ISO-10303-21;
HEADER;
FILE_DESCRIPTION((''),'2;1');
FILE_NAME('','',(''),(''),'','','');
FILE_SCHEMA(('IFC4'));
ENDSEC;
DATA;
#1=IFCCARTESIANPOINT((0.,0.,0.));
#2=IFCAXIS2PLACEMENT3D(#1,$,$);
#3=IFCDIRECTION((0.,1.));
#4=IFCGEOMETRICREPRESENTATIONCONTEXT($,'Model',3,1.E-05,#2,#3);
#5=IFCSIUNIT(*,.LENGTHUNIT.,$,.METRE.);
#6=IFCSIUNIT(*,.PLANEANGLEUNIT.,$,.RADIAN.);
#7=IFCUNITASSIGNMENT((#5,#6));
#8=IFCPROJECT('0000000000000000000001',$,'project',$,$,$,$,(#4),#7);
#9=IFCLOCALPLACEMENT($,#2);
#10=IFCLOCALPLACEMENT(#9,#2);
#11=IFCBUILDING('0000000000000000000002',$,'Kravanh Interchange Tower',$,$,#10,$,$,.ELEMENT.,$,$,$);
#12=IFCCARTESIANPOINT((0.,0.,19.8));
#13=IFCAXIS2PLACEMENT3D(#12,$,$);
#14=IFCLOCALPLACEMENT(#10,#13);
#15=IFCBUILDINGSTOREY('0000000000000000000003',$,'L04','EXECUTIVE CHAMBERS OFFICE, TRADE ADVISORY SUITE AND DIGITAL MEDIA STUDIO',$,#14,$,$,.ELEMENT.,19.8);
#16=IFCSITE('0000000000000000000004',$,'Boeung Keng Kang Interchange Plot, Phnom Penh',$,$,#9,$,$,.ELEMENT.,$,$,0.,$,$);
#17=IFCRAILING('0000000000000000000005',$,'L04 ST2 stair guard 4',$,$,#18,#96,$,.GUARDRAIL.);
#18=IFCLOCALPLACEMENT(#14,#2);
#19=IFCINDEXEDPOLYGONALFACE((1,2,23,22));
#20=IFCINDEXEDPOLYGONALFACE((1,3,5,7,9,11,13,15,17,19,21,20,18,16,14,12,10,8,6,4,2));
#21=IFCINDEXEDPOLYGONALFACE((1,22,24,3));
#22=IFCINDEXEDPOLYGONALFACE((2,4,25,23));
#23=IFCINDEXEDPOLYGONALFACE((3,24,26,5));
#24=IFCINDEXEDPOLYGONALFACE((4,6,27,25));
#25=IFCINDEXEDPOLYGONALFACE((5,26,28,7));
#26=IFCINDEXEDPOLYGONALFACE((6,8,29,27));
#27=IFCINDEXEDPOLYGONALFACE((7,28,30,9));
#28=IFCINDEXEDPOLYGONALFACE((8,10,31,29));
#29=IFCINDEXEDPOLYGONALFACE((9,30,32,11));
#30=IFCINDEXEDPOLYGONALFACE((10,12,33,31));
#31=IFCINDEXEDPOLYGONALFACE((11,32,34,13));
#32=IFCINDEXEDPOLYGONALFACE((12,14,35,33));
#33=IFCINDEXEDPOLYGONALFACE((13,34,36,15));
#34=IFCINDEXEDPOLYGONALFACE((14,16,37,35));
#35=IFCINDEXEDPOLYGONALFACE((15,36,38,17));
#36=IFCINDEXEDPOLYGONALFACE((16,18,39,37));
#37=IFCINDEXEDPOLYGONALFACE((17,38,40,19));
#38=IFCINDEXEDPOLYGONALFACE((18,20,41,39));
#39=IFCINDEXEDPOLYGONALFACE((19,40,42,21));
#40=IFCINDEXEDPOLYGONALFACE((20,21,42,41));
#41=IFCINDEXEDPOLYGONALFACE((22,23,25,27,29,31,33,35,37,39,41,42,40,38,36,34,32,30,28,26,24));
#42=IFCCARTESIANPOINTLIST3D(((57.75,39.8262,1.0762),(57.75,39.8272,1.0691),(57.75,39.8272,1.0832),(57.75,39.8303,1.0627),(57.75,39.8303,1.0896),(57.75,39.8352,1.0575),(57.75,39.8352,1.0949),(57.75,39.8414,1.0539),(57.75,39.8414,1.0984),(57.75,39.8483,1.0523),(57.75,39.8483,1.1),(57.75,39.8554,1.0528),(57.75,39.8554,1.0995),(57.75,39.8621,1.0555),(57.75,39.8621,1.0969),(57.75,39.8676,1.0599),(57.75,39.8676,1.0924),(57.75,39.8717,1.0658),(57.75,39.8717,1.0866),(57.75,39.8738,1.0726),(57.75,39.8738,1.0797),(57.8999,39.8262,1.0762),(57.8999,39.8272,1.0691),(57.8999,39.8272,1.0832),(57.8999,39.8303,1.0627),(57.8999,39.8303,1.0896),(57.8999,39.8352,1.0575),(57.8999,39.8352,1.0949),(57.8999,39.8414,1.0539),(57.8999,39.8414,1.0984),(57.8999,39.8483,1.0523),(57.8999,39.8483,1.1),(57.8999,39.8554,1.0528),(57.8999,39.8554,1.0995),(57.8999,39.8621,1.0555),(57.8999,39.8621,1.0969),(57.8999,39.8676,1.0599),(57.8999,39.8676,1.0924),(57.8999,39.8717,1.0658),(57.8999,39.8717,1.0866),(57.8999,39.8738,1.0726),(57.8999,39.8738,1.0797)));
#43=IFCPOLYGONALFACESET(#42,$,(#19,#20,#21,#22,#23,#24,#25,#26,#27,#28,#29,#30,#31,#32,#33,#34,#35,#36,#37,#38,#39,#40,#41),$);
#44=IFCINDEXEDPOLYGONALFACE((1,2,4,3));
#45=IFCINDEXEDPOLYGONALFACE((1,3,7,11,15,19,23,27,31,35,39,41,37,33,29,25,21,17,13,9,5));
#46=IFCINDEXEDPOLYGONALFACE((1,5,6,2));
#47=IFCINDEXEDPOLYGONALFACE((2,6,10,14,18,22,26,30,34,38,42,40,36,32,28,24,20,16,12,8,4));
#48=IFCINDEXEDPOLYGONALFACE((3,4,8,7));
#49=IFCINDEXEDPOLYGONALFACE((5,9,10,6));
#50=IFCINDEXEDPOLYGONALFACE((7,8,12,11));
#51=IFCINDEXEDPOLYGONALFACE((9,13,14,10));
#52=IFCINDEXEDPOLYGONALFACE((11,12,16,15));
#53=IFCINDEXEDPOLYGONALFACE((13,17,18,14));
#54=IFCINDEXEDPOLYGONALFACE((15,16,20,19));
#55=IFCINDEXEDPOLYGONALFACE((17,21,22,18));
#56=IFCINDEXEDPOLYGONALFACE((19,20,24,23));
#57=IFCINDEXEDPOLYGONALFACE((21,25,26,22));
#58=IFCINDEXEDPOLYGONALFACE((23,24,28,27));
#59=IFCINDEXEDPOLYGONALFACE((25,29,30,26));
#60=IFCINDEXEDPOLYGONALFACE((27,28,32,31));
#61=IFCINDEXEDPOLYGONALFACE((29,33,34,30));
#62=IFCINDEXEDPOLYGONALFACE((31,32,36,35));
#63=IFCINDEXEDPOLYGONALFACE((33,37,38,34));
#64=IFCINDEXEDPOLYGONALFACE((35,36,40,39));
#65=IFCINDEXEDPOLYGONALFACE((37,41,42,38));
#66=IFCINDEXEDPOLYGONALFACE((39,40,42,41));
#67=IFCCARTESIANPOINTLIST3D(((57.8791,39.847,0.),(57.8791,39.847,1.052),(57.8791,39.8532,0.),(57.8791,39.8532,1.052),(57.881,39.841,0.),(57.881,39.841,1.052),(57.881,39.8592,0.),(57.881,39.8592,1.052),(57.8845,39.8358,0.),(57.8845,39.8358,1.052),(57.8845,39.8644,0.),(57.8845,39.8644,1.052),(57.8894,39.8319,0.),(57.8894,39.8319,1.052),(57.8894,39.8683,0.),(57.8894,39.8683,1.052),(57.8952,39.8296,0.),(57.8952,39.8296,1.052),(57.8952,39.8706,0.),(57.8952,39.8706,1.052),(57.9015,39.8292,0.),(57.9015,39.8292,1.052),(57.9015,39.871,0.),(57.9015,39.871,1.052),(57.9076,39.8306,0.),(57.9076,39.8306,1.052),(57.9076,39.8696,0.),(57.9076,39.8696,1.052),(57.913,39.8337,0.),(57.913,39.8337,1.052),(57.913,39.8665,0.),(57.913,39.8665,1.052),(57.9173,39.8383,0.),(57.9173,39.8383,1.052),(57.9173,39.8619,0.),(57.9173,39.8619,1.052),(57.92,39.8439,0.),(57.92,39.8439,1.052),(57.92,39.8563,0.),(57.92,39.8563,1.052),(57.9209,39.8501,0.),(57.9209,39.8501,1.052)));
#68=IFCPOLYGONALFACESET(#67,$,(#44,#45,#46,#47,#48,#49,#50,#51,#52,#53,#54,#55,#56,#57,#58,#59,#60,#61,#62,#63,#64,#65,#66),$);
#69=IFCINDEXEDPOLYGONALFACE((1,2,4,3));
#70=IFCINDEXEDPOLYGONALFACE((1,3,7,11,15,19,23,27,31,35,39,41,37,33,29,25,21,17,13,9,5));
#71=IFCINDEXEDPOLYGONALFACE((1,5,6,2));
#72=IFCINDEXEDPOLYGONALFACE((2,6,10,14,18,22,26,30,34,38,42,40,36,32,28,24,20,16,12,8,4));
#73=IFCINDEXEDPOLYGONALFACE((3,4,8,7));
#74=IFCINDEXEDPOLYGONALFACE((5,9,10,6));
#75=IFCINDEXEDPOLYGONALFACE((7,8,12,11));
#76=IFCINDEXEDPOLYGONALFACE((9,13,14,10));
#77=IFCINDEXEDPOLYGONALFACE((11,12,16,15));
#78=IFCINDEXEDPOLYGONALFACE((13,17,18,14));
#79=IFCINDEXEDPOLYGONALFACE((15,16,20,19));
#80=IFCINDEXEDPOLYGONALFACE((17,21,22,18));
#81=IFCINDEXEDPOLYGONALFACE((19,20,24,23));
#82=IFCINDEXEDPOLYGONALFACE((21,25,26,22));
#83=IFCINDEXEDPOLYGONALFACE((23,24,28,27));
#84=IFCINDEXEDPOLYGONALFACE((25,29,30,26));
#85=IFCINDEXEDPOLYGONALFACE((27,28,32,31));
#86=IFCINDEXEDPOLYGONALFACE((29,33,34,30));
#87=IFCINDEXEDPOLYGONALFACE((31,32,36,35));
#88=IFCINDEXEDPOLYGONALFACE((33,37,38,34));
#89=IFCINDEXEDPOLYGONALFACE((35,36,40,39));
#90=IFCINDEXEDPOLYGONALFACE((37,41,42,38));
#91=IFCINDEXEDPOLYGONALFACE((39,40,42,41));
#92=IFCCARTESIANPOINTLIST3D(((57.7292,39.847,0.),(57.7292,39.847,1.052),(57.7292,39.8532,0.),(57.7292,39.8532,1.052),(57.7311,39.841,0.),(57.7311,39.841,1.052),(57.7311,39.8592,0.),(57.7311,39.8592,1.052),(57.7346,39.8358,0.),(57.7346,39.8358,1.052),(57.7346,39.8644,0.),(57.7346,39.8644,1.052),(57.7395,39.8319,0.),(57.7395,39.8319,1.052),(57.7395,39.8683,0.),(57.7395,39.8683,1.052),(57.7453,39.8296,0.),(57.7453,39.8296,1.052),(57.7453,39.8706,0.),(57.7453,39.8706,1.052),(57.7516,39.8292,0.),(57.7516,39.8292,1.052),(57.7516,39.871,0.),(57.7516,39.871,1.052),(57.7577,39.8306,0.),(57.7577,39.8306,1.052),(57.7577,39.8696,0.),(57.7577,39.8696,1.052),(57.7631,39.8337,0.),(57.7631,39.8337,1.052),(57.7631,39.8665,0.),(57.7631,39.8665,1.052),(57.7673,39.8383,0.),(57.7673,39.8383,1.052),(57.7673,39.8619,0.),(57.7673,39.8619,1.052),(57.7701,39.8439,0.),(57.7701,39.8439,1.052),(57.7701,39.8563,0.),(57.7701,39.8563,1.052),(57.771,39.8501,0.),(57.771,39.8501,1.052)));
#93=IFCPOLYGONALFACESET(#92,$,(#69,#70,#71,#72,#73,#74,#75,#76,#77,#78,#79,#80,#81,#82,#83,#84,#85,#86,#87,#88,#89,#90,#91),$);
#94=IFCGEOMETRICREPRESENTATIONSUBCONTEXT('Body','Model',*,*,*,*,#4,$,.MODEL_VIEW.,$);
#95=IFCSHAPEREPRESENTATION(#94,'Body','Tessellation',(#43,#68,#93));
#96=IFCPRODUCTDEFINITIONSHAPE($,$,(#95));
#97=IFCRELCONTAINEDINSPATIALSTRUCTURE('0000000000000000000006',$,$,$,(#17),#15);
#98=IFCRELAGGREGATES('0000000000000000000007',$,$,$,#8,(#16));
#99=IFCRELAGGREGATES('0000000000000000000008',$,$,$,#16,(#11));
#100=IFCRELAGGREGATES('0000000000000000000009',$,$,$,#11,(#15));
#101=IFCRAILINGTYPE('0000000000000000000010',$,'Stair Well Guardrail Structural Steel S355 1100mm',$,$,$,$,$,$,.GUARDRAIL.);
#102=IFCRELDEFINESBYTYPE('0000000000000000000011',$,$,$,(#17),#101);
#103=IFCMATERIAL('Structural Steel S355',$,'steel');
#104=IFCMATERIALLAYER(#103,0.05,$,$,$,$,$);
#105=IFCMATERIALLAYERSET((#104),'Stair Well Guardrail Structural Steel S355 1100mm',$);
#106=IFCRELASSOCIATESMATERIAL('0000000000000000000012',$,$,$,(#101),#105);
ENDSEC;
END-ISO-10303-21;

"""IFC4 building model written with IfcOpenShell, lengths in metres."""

from ifc_helpers import new_model, si_unit, direction, frame, origin, origin_2d, place, context, subcontext, project, spatial, circle, extrude, material, layer, layer_set, type_object, element, save


model = new_model("IFC4")

# Units and contexts
model_context = context("Model", 3, precision=1e-05, world=origin(), true_north=direction((0.0, 1.0)))
body_context = subcontext(model_context, "Body", "Model", "MODEL_VIEW")
ifc_project = project(units=[si_unit("LENGTHUNIT", "METRE"), si_unit("PLANEANGLEUNIT", "RADIAN")], contexts=[model_context])

# Site, building, storey
site_placement = place(None, origin())
site = spatial("IfcSite", under=ifc_project, at=site_placement, Name="Boeung Keng Kang Interchange Plot, Phnom Penh", CompositionType="ELEMENT", RefElevation=0.0)
building_placement = place(site_placement, origin())
building = spatial("IfcBuilding", under=site, at=building_placement, Name="Kravanh Interchange Tower", CompositionType="ELEMENT")
storey_placement = place(building_placement, frame((0.0, 0.0, 19.8)))
storey = spatial("IfcBuildingStorey", under=building, at=storey_placement, Name="L04", Description="EXECUTIVE CHAMBERS OFFICE, TRADE ADVISORY SUITE AND DIGITAL MEDIA STUDIO", CompositionType="ELEMENT", Elevation=19.8)

# Railing
ifc_material_1 = material(Name="Structural Steel S355", Category="steel")
ifc_layer_1 = layer(ifc_material_1, 0.05)
ifc_layer_set_1 = layer_set([ifc_layer_1], Name="Stair Well Guardrail Structural Steel S355 1100mm")
railing_type_1 = type_object("IfcRailingType", Name="Stair Well Guardrail Structural Steel S355 1100mm", PredefinedType="GUARDRAIL", material=ifc_layer_set_1)
railing_1_placement = place(storey_placement, frame((57.8999, 39.8501, 0.0)))
element("IfcRailing", 1, at=railing_1_placement, inside=storey, type_object=railing_type_1, Name="L04 ST2 stair guard 4", PredefinedType="GUARDRAIL", context=body_context, shape_type="SweptSolid", body=[
    extrude(circle(Radius=0.0239, at=origin_2d()), frame((0.0, 0.0, 1.0762), z_axis=(-1.0, 0.0, 0.0), x_axis=(0.0, -1.0, 0.0)), (0.0, 0.0, 1.0), 0.1499),
    extrude(circle(Radius=0.021, at=origin_2d()), origin(), (0.0, 0.0, 1.0), 1.052),
    extrude(circle(Radius=0.021, at=origin_2d()), frame((-0.1499, 0.0, 0.0)), (0.0, 0.0, 1.0), 1.052),
])

save(model, "model.ifc")
